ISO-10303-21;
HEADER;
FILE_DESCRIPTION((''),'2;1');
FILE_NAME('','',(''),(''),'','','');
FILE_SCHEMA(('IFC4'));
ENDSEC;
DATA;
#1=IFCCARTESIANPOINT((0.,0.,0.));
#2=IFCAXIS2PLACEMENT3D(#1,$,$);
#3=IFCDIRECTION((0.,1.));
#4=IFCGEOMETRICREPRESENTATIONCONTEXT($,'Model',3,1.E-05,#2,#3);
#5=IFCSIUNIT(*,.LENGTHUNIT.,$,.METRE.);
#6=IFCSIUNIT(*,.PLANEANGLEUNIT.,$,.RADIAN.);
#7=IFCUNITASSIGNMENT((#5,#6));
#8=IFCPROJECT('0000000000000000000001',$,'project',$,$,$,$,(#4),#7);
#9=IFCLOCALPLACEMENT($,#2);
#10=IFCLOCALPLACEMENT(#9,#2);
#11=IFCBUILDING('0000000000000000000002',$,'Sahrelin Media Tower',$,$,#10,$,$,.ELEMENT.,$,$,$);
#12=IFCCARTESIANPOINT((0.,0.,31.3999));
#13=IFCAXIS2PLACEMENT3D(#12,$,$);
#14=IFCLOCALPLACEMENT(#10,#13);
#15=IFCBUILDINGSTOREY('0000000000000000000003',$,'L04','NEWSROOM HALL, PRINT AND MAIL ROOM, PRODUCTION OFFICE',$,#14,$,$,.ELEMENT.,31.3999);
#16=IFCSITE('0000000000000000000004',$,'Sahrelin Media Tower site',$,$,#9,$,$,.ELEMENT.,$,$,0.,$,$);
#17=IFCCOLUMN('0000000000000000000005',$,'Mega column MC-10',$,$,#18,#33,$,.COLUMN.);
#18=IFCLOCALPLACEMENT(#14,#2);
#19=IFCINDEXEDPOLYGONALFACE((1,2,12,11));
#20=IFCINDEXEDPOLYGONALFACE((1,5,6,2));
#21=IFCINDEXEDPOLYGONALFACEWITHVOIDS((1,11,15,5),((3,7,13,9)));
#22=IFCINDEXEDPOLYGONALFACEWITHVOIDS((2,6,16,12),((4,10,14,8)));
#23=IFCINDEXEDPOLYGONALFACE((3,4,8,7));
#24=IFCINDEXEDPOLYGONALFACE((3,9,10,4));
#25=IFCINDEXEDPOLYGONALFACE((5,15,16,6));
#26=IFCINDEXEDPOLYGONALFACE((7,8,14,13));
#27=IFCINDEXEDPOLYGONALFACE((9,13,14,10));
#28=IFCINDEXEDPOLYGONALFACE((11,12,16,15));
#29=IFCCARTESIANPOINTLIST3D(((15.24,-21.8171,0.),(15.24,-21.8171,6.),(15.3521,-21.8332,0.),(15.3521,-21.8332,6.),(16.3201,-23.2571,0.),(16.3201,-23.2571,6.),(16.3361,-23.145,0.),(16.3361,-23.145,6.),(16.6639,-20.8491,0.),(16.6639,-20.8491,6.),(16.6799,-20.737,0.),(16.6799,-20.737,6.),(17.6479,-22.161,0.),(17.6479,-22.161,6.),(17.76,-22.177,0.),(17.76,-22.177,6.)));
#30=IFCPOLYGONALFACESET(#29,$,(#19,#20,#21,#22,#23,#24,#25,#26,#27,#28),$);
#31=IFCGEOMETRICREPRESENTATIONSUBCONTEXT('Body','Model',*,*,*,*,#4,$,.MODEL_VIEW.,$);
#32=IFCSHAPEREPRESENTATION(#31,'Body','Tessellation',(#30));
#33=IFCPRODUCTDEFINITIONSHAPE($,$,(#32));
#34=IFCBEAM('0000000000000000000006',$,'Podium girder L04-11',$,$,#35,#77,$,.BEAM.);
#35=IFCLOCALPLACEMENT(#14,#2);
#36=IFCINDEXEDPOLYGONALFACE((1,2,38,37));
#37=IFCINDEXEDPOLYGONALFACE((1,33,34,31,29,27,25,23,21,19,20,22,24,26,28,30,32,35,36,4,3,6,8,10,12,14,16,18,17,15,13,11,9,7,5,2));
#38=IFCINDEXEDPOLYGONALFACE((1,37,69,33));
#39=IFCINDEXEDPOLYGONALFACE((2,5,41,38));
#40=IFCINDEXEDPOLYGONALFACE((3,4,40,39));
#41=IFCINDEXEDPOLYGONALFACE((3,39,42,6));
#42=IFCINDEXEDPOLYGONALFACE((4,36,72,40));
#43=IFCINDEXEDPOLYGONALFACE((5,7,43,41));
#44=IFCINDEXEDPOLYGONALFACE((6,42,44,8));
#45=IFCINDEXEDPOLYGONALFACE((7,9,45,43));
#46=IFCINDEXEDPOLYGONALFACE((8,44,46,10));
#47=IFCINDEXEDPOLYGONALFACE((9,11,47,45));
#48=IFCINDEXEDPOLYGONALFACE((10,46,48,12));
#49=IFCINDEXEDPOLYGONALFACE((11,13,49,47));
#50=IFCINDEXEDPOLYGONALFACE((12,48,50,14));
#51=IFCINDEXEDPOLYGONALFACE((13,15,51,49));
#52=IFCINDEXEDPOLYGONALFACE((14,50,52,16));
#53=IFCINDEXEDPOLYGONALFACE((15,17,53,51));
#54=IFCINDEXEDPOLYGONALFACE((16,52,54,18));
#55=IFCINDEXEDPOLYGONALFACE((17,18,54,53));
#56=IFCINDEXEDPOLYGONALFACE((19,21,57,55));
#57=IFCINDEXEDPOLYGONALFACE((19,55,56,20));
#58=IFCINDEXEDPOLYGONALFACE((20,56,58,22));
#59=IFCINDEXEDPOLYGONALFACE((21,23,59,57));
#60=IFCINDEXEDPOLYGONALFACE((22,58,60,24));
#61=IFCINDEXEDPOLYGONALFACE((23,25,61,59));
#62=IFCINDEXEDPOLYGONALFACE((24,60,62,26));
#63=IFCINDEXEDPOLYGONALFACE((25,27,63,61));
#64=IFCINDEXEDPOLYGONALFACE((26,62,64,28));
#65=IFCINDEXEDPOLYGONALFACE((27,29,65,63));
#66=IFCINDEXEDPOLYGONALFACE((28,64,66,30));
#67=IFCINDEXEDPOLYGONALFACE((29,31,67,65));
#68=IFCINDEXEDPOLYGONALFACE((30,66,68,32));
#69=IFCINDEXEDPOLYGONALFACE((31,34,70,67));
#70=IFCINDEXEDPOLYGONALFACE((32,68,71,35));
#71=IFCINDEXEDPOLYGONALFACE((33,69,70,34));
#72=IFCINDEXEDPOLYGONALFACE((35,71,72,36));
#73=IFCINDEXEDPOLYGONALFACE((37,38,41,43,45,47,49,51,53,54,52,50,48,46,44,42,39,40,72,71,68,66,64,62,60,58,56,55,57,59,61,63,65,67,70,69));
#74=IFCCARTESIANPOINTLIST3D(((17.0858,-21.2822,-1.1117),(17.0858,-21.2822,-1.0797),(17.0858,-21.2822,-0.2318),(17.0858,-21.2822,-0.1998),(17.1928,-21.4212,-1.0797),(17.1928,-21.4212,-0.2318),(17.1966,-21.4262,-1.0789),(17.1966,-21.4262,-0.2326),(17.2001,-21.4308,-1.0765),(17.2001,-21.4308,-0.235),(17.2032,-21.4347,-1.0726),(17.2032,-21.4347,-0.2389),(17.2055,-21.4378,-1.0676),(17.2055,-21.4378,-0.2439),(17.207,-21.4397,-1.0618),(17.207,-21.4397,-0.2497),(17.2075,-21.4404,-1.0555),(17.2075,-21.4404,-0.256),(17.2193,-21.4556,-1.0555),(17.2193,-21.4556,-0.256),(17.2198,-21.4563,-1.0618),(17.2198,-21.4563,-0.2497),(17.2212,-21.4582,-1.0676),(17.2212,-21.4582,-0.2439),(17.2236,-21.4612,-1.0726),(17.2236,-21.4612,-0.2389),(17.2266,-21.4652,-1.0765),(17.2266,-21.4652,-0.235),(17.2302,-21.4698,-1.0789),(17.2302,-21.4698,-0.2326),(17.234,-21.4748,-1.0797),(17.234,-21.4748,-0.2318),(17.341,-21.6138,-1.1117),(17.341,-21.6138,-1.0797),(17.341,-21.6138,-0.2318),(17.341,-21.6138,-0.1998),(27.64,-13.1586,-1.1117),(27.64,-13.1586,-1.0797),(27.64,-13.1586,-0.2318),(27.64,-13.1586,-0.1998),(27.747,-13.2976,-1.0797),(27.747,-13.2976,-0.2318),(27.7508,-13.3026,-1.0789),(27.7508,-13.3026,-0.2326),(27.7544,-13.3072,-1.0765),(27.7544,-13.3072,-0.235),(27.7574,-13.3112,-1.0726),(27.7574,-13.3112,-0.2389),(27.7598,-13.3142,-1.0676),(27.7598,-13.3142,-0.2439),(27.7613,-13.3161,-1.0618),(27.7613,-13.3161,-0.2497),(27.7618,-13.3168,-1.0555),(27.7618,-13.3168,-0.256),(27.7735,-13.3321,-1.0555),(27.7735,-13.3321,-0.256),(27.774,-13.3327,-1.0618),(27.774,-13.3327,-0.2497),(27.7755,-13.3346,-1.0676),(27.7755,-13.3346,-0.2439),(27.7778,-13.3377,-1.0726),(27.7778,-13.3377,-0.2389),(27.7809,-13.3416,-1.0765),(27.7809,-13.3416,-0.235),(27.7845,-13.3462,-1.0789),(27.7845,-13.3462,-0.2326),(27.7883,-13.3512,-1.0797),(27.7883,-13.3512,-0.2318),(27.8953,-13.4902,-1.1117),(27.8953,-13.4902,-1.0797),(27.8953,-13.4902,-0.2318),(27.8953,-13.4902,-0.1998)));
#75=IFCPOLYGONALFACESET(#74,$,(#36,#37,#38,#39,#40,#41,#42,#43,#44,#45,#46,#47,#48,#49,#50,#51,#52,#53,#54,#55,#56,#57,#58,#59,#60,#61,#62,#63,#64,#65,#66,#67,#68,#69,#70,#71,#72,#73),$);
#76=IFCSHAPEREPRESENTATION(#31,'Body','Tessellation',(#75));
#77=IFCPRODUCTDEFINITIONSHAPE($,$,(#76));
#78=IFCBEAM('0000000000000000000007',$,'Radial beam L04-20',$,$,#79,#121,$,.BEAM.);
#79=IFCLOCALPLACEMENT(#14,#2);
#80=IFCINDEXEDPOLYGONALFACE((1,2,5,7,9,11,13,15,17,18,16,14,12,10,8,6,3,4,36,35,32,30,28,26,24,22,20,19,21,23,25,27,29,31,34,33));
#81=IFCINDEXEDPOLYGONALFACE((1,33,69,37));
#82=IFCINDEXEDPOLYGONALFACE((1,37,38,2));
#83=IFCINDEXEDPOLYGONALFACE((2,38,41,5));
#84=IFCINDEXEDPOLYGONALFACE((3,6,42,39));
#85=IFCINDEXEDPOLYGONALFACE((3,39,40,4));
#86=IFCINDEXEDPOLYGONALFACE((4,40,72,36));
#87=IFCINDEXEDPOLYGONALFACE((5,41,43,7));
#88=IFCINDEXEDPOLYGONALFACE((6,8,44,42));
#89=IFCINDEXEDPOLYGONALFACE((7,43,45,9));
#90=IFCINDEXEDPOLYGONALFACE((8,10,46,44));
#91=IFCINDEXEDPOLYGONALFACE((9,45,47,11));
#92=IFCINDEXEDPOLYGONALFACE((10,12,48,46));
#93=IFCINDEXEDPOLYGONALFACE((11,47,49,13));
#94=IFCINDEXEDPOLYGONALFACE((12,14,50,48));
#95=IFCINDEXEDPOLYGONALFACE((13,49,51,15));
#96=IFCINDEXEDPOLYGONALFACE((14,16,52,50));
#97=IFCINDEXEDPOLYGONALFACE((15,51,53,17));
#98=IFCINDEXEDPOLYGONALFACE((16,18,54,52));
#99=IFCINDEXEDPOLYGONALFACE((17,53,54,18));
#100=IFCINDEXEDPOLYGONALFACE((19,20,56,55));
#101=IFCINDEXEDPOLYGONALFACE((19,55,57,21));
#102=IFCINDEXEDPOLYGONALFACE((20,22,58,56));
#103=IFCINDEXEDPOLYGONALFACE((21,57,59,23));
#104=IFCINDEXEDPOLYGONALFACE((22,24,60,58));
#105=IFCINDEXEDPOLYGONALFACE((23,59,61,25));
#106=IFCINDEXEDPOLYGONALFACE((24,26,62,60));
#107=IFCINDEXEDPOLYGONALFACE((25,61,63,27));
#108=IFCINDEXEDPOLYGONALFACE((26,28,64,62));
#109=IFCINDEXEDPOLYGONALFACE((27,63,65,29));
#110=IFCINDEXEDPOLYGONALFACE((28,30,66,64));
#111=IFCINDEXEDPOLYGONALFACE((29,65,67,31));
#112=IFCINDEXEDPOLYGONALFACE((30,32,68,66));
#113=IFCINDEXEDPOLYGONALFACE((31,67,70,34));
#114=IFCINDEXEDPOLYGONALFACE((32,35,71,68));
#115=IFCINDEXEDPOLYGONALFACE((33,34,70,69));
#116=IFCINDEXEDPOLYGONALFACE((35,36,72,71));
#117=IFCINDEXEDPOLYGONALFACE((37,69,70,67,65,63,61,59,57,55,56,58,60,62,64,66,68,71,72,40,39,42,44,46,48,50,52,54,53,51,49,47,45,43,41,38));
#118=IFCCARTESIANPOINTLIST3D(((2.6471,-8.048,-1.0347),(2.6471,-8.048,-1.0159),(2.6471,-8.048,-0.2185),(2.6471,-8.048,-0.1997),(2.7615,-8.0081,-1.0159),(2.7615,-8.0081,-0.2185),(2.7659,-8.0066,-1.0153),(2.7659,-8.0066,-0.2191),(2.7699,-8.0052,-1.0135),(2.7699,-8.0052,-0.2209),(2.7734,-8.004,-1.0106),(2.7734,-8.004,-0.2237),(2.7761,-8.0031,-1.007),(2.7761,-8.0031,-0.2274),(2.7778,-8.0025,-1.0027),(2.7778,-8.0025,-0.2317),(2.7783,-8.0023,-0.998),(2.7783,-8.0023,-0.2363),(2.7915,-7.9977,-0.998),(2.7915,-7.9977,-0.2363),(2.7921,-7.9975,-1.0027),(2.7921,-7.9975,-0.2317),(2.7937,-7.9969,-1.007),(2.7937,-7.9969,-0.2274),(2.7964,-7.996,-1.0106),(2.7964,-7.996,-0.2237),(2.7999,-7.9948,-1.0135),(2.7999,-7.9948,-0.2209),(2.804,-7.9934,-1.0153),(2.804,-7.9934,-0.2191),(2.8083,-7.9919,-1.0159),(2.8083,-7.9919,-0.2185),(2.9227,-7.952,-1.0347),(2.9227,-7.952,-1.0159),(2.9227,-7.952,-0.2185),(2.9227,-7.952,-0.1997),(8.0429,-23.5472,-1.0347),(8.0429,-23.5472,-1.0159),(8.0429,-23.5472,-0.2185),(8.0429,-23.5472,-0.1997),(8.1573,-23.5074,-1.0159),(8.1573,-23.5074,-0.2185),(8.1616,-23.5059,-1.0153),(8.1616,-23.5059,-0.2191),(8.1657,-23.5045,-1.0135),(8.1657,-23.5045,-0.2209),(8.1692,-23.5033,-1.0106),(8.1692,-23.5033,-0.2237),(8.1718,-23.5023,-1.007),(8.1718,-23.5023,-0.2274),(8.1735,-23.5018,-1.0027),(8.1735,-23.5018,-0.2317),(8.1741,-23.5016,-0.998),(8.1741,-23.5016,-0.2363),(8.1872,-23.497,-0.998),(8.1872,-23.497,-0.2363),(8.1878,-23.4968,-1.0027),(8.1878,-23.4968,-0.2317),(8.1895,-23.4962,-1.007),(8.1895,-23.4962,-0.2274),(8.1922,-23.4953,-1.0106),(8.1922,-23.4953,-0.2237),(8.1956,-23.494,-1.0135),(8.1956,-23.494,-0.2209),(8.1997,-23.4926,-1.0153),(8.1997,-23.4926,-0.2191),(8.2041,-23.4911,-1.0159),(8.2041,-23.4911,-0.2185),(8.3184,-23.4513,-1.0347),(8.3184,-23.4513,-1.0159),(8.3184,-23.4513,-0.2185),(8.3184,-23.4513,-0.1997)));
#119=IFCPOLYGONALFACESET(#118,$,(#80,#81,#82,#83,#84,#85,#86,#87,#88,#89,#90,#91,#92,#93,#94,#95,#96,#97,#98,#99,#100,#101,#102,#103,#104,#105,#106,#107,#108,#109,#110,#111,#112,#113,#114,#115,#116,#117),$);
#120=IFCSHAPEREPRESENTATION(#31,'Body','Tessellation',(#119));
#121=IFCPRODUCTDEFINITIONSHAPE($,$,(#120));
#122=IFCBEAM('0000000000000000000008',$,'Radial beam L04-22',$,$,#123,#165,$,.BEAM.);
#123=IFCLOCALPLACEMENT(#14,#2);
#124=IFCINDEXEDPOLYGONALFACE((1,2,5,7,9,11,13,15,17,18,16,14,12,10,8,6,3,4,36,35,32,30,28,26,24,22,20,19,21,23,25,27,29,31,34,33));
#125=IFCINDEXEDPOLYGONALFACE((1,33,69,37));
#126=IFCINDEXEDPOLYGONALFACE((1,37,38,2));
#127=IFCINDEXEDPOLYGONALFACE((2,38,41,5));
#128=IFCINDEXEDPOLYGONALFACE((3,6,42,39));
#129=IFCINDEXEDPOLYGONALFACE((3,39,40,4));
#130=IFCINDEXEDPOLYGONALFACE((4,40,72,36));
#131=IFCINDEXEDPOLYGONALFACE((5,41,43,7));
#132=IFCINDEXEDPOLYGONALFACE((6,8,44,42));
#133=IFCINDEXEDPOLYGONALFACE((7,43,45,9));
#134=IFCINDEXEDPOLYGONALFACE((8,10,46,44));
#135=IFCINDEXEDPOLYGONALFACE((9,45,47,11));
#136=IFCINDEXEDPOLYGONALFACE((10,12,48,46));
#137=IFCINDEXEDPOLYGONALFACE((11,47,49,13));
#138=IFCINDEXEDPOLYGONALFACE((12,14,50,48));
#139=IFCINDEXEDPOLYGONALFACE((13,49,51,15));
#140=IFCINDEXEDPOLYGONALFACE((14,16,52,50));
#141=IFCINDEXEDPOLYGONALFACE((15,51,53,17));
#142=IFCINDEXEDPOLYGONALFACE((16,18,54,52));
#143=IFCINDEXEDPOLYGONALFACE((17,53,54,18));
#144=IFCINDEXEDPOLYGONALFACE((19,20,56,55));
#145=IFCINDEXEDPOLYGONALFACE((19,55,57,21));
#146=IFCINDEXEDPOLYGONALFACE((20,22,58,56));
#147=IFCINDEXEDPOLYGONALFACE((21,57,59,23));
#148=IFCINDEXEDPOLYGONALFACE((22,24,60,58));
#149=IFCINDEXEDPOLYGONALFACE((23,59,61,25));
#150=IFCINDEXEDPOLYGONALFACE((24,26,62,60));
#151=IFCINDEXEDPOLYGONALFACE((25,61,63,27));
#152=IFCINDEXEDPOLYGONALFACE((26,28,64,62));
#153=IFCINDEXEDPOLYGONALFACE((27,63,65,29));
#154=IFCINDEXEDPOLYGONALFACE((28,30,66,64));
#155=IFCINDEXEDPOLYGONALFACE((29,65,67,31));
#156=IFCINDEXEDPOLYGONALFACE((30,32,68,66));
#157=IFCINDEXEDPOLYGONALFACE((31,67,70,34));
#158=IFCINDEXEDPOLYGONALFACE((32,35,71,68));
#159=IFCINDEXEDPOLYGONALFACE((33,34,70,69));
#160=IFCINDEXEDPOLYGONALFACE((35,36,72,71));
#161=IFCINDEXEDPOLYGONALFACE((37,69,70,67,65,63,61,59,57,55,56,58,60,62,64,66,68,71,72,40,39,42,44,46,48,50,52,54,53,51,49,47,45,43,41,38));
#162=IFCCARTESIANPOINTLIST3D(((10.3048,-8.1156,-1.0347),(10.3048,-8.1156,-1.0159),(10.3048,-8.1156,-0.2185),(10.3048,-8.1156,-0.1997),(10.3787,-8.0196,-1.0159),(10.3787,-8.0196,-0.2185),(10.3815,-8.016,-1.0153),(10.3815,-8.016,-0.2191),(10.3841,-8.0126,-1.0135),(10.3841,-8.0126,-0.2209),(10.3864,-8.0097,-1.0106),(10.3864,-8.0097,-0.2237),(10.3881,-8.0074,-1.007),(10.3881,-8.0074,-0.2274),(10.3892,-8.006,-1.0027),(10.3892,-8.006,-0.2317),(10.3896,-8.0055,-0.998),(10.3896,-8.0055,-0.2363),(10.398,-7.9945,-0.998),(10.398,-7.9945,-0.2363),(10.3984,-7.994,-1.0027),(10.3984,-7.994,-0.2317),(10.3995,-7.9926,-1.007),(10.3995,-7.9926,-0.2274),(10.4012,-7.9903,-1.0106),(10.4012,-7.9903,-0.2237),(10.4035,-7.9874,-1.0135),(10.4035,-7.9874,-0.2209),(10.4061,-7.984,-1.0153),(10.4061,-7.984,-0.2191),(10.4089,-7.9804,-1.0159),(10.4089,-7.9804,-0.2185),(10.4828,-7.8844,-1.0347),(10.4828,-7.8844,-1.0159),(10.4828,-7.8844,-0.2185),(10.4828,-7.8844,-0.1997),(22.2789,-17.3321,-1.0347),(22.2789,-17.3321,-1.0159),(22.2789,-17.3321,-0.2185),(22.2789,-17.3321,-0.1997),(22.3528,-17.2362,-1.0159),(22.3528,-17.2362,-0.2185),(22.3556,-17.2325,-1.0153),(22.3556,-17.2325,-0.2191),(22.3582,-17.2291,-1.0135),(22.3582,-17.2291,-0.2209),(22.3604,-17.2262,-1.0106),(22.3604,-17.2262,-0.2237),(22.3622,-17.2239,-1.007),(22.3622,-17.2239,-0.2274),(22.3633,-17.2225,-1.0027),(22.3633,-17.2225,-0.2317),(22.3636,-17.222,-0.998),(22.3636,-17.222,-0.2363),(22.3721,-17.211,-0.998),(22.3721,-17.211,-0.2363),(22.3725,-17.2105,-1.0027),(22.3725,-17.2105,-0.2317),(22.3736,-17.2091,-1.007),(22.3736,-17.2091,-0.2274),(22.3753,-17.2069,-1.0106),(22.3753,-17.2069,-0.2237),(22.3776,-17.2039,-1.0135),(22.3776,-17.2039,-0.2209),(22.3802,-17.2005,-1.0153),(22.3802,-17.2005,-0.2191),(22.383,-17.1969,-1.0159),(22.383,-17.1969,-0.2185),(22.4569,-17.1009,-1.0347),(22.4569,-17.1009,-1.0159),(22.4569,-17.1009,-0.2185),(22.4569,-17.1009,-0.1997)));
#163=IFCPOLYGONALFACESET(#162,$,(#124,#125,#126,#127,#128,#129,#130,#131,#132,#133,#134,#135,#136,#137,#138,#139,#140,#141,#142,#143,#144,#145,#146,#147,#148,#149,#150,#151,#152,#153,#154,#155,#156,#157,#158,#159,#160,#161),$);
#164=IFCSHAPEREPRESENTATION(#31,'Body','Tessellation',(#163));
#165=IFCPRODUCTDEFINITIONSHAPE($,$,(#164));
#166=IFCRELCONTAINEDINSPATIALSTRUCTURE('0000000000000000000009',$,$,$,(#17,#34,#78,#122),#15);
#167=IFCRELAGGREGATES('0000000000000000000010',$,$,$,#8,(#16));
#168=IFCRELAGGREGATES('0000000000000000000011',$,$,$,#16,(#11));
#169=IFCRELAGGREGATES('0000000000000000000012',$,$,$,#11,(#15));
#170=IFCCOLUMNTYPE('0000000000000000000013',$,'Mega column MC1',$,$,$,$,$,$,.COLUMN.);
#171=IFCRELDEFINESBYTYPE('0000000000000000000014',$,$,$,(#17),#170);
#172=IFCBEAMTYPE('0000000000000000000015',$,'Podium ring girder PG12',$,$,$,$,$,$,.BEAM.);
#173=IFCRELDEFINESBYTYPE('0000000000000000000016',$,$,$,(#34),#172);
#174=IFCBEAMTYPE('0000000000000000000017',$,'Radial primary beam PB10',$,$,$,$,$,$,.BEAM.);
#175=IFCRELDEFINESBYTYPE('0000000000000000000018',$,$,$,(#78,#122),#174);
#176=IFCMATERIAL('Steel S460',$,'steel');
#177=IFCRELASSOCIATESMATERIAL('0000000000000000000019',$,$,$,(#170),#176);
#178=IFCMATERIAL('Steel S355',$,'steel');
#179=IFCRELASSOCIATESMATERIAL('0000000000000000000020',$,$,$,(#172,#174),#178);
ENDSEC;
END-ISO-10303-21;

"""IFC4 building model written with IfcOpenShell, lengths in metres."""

from ifc_helpers import new_model, si_unit, direction, frame, origin, origin_2d, place, context, subcontext, project, spatial, hollow_rectangle, i_section, extrude, material, material_profile, profile_set, type_object, element, save


model = new_model("IFC4")

# Units and contexts
model_context = context("Model", 3, precision=1e-05, world=origin(), true_north=direction((0.0, 1.0)))
body_context = subcontext(model_context, "Body", "Model", "MODEL_VIEW")
ifc_project = project(units=[si_unit("LENGTHUNIT", "METRE"), si_unit("PLANEANGLEUNIT", "RADIAN")], contexts=[model_context])

# Site, building, storey
site_placement = place(None, origin())
site = spatial("IfcSite", under=ifc_project, at=site_placement, Name="Sahrelin Media Tower site", CompositionType="ELEMENT", RefElevation=0.0)
building_placement = place(site_placement, origin())
building = spatial("IfcBuilding", under=site, at=building_placement, Name="Sahrelin Media Tower", CompositionType="ELEMENT")
storey_placement = place(building_placement, frame((0.0, 0.0, 31.3999)))
storey = spatial("IfcBuildingStorey", under=building, at=storey_placement, Name="L04", Description="NEWSROOM HALL, PRINT AND MAIL ROOM, PRODUCTION OFFICE", CompositionType="ELEMENT", Elevation=31.3999)

# Column
ifc_material_1 = material(Name="Steel S460", Category="steel")
ifc_material_profile_1 = material_profile(ifc_material_1, hollow_rectangle(XDim=1.8, YDim=1.8, WallThickness=0.0801, at=origin_2d()), Name="Mega column MC1")
ifc_profile_set_1 = profile_set([ifc_material_profile_1], Name="Steel S460")
column_type = type_object("IfcColumnType", Name="Mega column MC1", PredefinedType="COLUMN", material=ifc_profile_set_1)
column_placement = place(storey_placement, frame((16.5, -21.9971, 0.0), z_axis=(0.0, 0.0, 1.0), x_axis=(0.600052, -0.799961, 0.0)))
element("IfcColumn", 1, at=column_placement, inside=storey, type_object=column_type, Name="Mega column MC-10", PredefinedType="COLUMN", context=body_context, shape_type="SweptSolid", body=[
    extrude(hollow_rectangle(XDim=1.8, YDim=1.8, WallThickness=0.0801, at=origin_2d()), origin(), (0.0, 0.0, 1.0), 6.0),
])

# Beams
ifc_material_2 = material(Name="Steel S355", Category="steel")
ifc_material_profile_2 = material_profile(ifc_material_2, i_section(OverallWidth=0.4185, OverallDepth=0.9119, WebThickness=0.0193, FlangeThickness=0.032, FilletRadius=0.0242, at=origin_2d()), Name="UB 914x419x343")
ifc_profile_set_2 = profile_set([ifc_material_profile_2], Name="Steel S355")
beam_type_1 = type_object("IfcBeamType", Name="Podium ring girder PG12", PredefinedType="BEAM", material=ifc_profile_set_2)
beam_1_placement = place(storey_placement, frame((17.2134, -21.448, -0.6558), z_axis=(0.792445, 0.609943, 0.0), x_axis=(-0.609943, 0.792445, 0.0)))
element("IfcBeam", 2, at=beam_1_placement, inside=storey, type_object=beam_type_1, Name="Podium girder L04-11", PredefinedType="BEAM", context=body_context, shape_type="SweptSolid", body=[
    extrude(i_section(OverallWidth=0.4185, OverallDepth=0.9119, WebThickness=0.0193, FlangeThickness=0.032, FilletRadius=0.0242, at=origin_2d()), origin(), (0.0, 0.0, 1.0), 13.3186),
])
ifc_material_profile_3 = material_profile(ifc_material_2, i_section(OverallWidth=0.2917, OverallDepth=0.835, WebThickness=0.0139, FlangeThickness=0.0188, FilletRadius=0.0178, at=origin_2d()), Name="UB 838x292x176")
ifc_profile_set_3 = profile_set([ifc_material_profile_3], Name="Steel S355")
beam_type_2 = type_object("IfcBeamType", Name="Radial primary beam PB10", PredefinedType="BEAM", material=ifc_profile_set_3)
beam_2_placement = place(storey_placement, frame((2.7849, -8.0, -0.6172), z_axis=(0.328776, -0.944408, 0.0), x_axis=(0.944408, 0.328776, 0.0)))
element("IfcBeam", 3, at=beam_2_placement, inside=storey, type_object=beam_type_2, Name="Radial beam L04-20", PredefinedType="BEAM", context=body_context, shape_type="SweptSolid", body=[
    extrude(i_section(OverallWidth=0.2917, OverallDepth=0.835, WebThickness=0.0139, FlangeThickness=0.0188, FilletRadius=0.0178, at=origin_2d()), origin(), (0.0, 0.0, 1.0), 16.4116),
])
beam_3_placement = place(storey_placement, frame((10.3938, -8.0, -0.6172), z_axis=(0.792442, -0.609947, 0.0), x_axis=(0.609947, 0.792442, 0.0)))
element("IfcBeam", 4, at=beam_3_placement, inside=storey, type_object=beam_type_2, Name="Radial beam L04-22", PredefinedType="BEAM", context=body_context, shape_type="SweptSolid", body=[
    extrude(i_section(OverallWidth=0.2917, OverallDepth=0.835, WebThickness=0.0139, FlangeThickness=0.0188, FilletRadius=0.0178, at=origin_2d()), origin(), (0.0, 0.0, 1.0), 15.1104),
])

save(model, "model.ifc")
